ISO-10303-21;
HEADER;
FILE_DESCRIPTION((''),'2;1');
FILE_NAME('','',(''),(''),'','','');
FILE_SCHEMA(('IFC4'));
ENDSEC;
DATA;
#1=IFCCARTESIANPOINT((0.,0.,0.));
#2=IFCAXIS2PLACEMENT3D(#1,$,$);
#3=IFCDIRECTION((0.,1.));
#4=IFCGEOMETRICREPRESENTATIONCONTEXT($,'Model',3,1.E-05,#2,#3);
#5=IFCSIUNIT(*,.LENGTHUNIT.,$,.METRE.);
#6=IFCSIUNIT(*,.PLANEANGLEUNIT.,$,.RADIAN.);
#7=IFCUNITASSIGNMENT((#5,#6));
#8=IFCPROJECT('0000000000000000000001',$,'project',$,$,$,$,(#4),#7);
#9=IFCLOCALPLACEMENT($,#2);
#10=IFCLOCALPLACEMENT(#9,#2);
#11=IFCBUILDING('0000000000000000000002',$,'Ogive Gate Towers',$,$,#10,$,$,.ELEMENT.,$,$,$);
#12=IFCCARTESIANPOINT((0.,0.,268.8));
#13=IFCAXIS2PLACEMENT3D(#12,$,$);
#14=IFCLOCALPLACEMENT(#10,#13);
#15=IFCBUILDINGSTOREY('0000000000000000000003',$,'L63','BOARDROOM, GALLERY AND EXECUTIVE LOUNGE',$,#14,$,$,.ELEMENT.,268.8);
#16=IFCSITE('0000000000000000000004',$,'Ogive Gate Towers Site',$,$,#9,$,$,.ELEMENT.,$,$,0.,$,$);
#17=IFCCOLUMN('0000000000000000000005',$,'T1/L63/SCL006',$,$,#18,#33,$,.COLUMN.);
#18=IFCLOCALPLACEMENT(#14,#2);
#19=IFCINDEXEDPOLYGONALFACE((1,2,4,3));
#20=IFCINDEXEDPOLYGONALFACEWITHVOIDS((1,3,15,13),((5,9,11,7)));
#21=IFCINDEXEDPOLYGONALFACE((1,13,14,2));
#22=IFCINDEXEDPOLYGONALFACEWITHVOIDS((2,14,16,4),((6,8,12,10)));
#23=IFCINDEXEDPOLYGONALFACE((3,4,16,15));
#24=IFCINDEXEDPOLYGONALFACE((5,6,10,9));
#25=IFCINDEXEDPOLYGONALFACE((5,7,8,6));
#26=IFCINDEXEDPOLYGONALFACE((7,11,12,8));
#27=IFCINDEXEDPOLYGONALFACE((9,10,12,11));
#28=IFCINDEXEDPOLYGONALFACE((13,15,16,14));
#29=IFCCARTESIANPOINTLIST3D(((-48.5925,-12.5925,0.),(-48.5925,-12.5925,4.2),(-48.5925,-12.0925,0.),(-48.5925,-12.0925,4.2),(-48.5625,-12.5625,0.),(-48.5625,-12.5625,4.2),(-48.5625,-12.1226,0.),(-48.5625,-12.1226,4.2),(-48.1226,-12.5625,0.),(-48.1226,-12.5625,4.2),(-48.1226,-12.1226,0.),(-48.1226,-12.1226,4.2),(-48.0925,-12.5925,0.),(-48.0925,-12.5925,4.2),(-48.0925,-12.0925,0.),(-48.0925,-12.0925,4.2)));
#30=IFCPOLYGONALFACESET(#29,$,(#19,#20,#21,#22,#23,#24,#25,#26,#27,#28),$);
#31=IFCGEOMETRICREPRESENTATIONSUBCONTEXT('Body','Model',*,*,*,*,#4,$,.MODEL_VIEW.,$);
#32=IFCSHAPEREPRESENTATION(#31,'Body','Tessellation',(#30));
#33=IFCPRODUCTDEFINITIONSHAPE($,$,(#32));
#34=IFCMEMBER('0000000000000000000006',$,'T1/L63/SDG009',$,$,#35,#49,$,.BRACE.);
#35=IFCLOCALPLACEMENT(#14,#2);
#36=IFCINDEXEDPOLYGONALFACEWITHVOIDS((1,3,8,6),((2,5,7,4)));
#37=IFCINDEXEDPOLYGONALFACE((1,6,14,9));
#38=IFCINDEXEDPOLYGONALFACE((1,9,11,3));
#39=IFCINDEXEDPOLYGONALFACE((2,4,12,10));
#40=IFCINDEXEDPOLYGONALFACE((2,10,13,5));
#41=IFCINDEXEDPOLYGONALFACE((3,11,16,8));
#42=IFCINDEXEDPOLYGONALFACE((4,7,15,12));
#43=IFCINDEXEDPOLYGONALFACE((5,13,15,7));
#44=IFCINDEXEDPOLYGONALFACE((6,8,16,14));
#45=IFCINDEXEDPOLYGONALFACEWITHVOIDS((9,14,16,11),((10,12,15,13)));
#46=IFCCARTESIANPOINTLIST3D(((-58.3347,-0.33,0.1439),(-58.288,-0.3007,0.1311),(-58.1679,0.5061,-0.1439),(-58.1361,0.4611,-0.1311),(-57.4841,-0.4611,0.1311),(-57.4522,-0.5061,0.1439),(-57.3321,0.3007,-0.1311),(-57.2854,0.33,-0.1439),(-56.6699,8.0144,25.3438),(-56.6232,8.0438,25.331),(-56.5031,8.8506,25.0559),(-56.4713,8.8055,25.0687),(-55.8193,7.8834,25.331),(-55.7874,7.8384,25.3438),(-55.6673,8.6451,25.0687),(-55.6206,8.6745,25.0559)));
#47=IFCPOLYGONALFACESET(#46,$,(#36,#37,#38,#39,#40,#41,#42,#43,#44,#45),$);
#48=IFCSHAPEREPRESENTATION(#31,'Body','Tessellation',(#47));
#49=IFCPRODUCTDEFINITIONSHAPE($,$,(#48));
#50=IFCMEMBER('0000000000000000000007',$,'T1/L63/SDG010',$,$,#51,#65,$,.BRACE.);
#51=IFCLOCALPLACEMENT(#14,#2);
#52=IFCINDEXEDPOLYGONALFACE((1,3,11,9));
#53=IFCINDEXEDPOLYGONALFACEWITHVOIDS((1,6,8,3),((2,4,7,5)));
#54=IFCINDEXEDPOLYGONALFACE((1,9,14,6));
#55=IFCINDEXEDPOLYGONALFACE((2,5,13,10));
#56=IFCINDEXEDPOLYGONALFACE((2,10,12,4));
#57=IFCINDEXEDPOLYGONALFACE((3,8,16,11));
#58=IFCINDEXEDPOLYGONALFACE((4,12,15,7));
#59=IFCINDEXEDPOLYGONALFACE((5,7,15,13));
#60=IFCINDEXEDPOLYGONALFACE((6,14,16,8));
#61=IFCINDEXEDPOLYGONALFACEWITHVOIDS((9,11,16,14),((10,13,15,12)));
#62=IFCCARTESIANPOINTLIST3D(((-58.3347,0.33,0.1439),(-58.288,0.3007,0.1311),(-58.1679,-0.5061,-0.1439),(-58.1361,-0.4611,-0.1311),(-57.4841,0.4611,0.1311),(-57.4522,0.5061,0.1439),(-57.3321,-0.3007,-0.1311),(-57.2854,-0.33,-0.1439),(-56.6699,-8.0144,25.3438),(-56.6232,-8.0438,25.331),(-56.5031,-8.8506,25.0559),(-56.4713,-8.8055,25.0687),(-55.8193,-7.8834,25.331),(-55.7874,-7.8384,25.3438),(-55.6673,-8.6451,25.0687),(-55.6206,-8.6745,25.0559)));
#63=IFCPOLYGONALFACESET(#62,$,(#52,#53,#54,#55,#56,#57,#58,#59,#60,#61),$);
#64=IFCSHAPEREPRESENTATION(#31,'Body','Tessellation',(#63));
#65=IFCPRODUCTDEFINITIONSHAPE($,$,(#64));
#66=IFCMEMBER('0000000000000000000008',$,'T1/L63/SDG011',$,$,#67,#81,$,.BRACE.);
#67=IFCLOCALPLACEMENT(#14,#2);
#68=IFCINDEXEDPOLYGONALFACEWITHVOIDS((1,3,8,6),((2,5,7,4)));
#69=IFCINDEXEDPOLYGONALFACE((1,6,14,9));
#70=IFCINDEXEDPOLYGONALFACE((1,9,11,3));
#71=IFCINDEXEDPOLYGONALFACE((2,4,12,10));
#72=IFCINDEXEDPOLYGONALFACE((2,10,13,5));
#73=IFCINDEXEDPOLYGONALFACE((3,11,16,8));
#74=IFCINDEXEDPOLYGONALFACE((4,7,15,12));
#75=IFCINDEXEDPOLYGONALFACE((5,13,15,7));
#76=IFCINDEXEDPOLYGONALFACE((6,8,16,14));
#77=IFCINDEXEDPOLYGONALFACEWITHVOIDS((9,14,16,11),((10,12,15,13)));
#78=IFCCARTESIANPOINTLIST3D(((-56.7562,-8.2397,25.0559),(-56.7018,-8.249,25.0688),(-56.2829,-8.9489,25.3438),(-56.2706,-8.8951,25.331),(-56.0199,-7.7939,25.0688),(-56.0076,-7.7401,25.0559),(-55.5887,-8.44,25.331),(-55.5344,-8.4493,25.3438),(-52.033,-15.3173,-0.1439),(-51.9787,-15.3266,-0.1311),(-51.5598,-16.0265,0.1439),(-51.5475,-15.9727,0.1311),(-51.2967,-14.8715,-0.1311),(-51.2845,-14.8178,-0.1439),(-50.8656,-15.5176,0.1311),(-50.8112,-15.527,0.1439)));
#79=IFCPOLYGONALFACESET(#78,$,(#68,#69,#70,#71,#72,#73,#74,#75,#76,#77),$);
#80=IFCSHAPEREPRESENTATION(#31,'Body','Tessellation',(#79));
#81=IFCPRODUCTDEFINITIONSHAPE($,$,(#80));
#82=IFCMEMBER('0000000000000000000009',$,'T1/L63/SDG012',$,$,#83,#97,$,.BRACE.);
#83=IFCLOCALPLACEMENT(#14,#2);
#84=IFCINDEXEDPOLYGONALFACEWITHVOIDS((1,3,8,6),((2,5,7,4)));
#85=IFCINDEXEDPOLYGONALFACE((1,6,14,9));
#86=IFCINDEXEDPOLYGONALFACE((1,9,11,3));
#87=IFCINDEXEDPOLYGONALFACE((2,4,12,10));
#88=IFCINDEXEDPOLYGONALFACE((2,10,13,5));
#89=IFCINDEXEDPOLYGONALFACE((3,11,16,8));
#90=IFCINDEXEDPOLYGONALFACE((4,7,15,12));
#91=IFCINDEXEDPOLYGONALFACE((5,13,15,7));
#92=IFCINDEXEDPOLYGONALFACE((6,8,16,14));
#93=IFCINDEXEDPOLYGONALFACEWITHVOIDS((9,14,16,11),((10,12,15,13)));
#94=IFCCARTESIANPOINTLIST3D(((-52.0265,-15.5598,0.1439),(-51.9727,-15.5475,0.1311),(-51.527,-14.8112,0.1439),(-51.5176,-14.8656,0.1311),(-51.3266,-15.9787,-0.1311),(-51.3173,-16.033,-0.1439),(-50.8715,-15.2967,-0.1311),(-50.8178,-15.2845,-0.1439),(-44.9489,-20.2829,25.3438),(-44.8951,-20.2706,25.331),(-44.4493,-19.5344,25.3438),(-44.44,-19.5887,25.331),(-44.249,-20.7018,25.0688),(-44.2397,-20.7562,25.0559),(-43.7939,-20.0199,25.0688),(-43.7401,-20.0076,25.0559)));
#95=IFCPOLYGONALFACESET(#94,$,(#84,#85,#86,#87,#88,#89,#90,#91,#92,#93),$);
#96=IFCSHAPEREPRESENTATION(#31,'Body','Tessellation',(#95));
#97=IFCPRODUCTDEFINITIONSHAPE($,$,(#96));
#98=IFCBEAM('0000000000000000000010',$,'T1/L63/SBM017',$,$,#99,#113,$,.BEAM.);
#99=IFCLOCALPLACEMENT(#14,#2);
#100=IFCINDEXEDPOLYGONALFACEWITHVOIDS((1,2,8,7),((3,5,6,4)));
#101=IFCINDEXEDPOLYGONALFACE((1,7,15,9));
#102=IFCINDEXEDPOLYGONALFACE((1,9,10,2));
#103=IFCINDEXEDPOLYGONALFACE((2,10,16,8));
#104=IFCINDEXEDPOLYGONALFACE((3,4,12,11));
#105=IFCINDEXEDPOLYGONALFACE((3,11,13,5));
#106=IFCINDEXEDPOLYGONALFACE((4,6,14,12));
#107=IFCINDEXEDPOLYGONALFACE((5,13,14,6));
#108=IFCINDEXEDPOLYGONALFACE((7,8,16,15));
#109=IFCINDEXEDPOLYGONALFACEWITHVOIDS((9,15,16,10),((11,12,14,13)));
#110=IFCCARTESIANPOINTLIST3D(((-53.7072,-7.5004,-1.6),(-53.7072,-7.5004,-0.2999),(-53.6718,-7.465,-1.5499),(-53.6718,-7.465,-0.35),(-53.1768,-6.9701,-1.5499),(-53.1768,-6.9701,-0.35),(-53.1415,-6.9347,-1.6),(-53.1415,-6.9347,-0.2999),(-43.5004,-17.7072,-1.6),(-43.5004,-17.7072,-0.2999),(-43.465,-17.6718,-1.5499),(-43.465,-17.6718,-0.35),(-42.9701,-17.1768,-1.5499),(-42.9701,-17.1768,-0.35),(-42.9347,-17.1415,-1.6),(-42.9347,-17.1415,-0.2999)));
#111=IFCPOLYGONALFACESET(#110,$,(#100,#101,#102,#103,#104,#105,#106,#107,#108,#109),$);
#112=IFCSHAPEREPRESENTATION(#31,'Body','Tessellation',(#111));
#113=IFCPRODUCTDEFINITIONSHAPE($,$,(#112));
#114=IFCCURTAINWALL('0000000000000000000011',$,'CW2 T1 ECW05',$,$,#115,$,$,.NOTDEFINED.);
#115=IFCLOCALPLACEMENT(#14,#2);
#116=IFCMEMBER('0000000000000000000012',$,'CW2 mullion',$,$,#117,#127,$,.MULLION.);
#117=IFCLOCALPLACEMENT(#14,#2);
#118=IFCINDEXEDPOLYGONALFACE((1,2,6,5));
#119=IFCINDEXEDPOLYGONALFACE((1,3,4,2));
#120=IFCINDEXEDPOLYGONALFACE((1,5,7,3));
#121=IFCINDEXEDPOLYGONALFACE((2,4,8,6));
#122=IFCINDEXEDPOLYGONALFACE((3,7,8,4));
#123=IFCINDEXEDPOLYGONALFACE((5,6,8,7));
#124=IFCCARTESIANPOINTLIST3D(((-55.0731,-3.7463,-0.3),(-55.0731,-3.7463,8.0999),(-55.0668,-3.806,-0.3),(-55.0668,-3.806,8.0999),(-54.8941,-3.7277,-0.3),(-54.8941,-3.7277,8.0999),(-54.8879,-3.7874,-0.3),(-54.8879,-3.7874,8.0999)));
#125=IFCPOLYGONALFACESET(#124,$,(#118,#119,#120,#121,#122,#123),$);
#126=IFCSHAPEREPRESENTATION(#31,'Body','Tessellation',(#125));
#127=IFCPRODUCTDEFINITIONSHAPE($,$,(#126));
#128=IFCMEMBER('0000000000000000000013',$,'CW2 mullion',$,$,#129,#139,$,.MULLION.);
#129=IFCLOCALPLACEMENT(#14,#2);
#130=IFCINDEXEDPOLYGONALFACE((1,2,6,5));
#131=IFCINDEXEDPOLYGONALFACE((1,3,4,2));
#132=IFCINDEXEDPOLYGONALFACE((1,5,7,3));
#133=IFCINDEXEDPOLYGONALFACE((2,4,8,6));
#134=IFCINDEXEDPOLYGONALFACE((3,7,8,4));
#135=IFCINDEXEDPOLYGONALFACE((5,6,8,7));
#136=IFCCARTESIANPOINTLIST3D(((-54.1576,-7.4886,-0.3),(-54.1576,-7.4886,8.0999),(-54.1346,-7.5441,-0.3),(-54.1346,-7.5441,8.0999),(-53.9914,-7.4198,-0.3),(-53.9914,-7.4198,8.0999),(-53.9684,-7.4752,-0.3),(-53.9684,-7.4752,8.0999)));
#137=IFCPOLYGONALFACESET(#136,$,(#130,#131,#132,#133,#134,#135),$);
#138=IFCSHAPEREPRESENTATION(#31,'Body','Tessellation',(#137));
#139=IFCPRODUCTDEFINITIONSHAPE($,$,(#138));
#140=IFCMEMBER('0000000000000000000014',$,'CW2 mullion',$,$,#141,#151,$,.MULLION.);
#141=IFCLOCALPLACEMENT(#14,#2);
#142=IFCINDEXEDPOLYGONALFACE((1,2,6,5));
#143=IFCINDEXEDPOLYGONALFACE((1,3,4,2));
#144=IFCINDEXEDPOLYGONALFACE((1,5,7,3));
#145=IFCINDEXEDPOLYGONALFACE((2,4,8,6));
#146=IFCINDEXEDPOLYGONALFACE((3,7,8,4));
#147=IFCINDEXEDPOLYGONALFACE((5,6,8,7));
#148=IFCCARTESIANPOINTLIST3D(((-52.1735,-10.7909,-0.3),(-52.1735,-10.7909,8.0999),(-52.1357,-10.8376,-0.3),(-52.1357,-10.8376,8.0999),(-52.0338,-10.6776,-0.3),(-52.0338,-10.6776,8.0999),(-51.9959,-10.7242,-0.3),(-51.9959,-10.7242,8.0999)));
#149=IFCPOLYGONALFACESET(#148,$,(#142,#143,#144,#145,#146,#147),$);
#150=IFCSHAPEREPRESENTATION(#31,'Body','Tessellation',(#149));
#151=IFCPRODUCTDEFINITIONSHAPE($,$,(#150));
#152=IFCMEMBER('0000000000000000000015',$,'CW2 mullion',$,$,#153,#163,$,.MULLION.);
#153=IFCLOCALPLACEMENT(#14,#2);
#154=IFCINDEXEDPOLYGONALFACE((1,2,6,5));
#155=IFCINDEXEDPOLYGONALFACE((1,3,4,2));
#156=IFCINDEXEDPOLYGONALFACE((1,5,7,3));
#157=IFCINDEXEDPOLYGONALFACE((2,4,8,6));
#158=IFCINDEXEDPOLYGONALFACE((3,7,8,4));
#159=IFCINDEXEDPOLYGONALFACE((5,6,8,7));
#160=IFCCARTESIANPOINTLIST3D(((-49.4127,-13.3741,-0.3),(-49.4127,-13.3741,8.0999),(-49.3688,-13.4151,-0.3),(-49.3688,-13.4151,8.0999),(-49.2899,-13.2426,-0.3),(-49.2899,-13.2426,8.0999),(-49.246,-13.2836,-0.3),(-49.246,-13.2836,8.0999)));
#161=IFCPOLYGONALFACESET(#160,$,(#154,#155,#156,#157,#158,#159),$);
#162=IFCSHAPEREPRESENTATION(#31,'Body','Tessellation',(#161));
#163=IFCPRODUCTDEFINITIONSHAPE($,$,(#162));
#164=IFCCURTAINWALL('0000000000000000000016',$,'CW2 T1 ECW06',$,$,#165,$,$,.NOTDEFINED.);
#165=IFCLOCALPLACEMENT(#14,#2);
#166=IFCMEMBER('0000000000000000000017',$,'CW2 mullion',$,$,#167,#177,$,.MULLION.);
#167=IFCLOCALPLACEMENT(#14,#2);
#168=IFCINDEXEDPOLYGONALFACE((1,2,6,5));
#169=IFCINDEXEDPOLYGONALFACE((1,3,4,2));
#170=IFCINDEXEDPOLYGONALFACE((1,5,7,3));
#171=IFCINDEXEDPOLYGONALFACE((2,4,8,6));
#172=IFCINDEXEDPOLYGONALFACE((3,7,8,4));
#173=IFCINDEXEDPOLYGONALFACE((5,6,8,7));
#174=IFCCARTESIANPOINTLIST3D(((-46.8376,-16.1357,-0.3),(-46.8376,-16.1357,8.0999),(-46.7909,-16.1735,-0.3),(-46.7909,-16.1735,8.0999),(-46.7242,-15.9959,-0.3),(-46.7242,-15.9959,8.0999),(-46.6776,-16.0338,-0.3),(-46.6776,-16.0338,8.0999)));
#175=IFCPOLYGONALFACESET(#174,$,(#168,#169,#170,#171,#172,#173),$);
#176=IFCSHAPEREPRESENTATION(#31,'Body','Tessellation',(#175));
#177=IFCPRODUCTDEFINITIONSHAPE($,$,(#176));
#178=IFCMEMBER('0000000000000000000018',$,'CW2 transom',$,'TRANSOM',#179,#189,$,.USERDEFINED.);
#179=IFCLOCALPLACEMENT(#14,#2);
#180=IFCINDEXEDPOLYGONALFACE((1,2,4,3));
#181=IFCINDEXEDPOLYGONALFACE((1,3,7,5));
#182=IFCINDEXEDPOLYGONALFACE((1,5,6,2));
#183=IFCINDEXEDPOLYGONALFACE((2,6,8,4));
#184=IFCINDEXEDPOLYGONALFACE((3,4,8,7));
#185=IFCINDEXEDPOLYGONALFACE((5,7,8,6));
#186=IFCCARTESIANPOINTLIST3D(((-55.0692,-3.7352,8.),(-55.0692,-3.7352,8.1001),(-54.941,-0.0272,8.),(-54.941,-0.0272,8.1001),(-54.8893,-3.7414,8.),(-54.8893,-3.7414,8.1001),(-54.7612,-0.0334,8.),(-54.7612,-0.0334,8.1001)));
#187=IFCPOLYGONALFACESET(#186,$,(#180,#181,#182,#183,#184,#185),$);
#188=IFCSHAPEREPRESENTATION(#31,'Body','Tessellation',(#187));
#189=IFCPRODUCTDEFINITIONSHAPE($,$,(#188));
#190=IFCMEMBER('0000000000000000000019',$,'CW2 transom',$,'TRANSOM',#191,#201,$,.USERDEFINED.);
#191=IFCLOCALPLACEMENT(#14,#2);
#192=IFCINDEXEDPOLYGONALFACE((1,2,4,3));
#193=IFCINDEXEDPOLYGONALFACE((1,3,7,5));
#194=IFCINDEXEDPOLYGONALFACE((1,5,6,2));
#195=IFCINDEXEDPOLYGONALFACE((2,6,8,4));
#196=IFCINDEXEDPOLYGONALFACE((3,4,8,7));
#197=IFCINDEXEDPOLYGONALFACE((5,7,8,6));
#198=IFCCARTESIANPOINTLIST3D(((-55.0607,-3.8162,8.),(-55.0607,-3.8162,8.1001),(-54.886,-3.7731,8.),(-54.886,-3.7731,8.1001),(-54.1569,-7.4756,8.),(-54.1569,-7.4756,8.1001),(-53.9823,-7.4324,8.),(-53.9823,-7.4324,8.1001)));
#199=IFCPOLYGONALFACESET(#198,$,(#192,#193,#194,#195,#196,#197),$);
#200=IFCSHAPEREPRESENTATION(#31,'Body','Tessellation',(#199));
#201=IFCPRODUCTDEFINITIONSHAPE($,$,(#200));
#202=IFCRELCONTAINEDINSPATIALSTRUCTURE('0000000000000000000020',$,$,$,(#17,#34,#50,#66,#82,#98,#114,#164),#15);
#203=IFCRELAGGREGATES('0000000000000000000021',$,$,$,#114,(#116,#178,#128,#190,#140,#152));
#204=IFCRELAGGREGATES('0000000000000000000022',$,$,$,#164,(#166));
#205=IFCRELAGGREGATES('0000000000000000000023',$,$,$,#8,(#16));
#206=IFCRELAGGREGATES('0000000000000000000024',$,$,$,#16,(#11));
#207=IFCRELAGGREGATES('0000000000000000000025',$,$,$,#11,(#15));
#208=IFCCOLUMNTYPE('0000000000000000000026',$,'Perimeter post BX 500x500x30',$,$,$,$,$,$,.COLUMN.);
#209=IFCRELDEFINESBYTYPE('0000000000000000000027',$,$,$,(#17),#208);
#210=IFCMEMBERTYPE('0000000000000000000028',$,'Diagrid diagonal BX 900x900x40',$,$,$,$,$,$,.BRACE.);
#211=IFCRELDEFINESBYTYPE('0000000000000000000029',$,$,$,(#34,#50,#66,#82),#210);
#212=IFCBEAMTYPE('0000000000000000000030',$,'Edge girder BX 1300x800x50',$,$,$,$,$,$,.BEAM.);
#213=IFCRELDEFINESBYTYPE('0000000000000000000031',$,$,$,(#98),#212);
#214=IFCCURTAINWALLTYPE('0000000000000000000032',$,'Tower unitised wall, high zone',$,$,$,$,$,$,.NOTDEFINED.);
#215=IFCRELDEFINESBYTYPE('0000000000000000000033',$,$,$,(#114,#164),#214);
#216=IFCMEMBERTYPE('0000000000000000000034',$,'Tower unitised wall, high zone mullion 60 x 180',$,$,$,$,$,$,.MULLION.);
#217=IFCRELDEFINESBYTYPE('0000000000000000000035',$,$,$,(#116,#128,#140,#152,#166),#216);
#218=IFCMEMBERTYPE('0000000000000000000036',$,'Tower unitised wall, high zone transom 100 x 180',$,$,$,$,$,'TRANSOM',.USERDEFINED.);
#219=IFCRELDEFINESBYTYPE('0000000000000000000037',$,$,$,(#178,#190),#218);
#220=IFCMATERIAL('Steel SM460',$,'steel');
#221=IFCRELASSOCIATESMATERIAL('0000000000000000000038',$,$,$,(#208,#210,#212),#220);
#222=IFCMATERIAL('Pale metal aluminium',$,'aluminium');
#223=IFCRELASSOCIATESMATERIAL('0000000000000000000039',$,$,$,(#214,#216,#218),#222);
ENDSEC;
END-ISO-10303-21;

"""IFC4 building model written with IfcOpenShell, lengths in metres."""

from ifc_helpers import new_model, si_unit, direction, frame, origin, origin_2d, place, context, subcontext, project, spatial, rectangle, hollow_rectangle, extrude, material, material_profile, profile_set, type_object, element, aggregate, save


model = new_model("IFC4")

# Units and contexts
model_context = context("Model", 3, precision=1e-05, world=origin(), true_north=direction((0.0, 1.0)))
body_context = subcontext(model_context, "Body", "Model", "MODEL_VIEW")
ifc_project = project(units=[si_unit("LENGTHUNIT", "METRE"), si_unit("PLANEANGLEUNIT", "RADIAN")], contexts=[model_context])

# Site, building, storey
site_placement = place(None, origin())
site = spatial("IfcSite", under=ifc_project, at=site_placement, Name="Ogive Gate Towers Site", CompositionType="ELEMENT", RefElevation=0.0)
building_placement = place(site_placement, origin())
building = spatial("IfcBuilding", under=site, at=building_placement, Name="Ogive Gate Towers", CompositionType="ELEMENT")
storey_placement = place(building_placement, frame((0.0, 0.0, 268.8)))
storey = spatial("IfcBuildingStorey", under=building, at=storey_placement, Name="L63", Description="BOARDROOM, GALLERY AND EXECUTIVE LOUNGE", CompositionType="ELEMENT", Elevation=268.8)

# Column
ifc_material_1 = material(Name="Steel SM460", Category="steel")
ifc_material_profile_1 = material_profile(ifc_material_1, hollow_rectangle(XDim=0.5, YDim=0.5, WallThickness=0.03, at=origin_2d()), Name="BX 500x500x30")
ifc_profile_set_1 = profile_set([ifc_material_profile_1], Name="Steel SM460")
column_type = type_object("IfcColumnType", Name="Perimeter post BX 500x500x30", PredefinedType="COLUMN", material=ifc_profile_set_1)
column_placement = place(storey_placement, frame((-48.3425, -12.3425, 0.0), z_axis=(0.0, 0.0, 1.0), x_axis=(1.0, 0.0, 0.0)))
element("IfcColumn", 1, at=column_placement, inside=storey, type_object=column_type, Name="T1/L63/SCL006", PredefinedType="COLUMN", context=body_context, shape_type="SweptSolid", body=[
    extrude(hollow_rectangle(XDim=0.5, YDim=0.5, WallThickness=0.03, at=origin_2d()), origin(), (0.0, 0.0, 1.0), 4.2),
])

# Members
ifc_material_profile_2 = material_profile(ifc_material_1, hollow_rectangle(XDim=0.8999, YDim=0.8999, WallThickness=0.04, at=origin_2d()), Name="BX 900x900x40")
ifc_profile_set_2 = profile_set([ifc_material_profile_2], Name="Steel SM460")
member_type_1 = type_object("IfcMemberType", Name="Diagrid diagonal BX 900x900x40", PredefinedType="BRACE", material=ifc_profile_set_2)
for number, where, z_axis, x_axis, name in (
    (2, (-57.8101, 0.0, 0.0), (0.062592, 0.313729, 0.947447), (-0.980673, 0.195653, 0.0), "T1/L63/SDG009"),
    (3, (-57.8101, 0.0, 0.0), (0.062592, -0.313729, 0.947447), (0.980673, 0.195653, 0.0), "T1/L63/SDG010"),
    (4, (-51.4221, -15.4221, 0.0), (-0.177577, 0.266099, 0.947448), (-0.831794, -0.555084, 0.0), "T1/L63/SDG011"),
    (5, (-51.4221, -15.4221, 0.0), (0.266099, -0.177577, 0.947448), (0.555084, 0.831794, 0.0), "T1/L63/SDG012"),
):
    element("IfcMember", number, at=place(storey_placement, frame(where, z_axis=z_axis, x_axis=x_axis)), inside=storey, type_object=member_type_1, Name=name, PredefinedType="BRACE", context=body_context, shape_type="SweptSolid", body=[
        extrude(hollow_rectangle(XDim=0.8999, YDim=0.8999, WallThickness=0.04, at=origin_2d()), origin(), (0.0, 0.0, 1.0), 26.5977),
    ])

# Beam
ifc_material_profile_3 = material_profile(ifc_material_1, hollow_rectangle(XDim=0.8, YDim=1.3, WallThickness=0.05, at=origin_2d()), Name="BX 1300x800x50")
ifc_profile_set_3 = profile_set([ifc_material_profile_3], Name="Steel SM460")
beam_type = type_object("IfcBeamType", Name="Edge girder BX 1300x800x50", PredefinedType="BEAM", material=ifc_profile_set_3)
beam_placement = place(storey_placement, frame((-53.4243, -7.2175, -0.95), z_axis=(0.707107, -0.707107, 0.0), x_axis=(0.707107, 0.707107, 0.0)))
element("IfcBeam", 6, at=beam_placement, inside=storey, type_object=beam_type, Name="T1/L63/SBM017", PredefinedType="BEAM", context=body_context, shape_type="SweptSolid", body=[
    extrude(hollow_rectangle(XDim=0.8, YDim=1.3, WallThickness=0.05, at=origin_2d()), origin(), (0.0, 0.0, 1.0), 14.4346),
])

# Curtain wall, members
ifc_material_2 = material(Name="Pale metal aluminium", Category="aluminium")
curtain_wall_type = type_object("IfcCurtainWallType", Name="Tower unitised wall, high zone", PredefinedType="NOTDEFINED", material=ifc_material_2)
curtain_wall_1_placement = place(storey_placement, origin())
curtain_wall_1 = element("IfcCurtainWall", 7, at=curtain_wall_1_placement, inside=storey, type_object=curtain_wall_type, Name="CW2 T1 ECW05", PredefinedType="NOTDEFINED")
ifc_material_profile_4 = material_profile(ifc_material_2, rectangle(XDim=0.1799, YDim=0.0601, at=origin_2d()), Name="60 x 180 aluminium box")
ifc_profile_set_4 = profile_set([ifc_material_profile_4], Name="Pale metal aluminium")
member_type_2 = type_object("IfcMemberType", Name="Tower unitised wall, high zone mullion 60 x 180", PredefinedType="MULLION", material=ifc_profile_set_4)
member_1_placement = place(storey_placement, frame((-54.9805, -3.7668, -0.3), z_axis=(0.0, 0.0, 1.0), x_axis=(-0.994618, -0.103608, 0.0)))
member_1 = element("IfcMember", 8, at=member_1_placement, type_object=member_type_2, Name="CW2 mullion", PredefinedType="MULLION", context=body_context, shape_type="SweptSolid", body=[
    extrude(rectangle(XDim=0.1799, YDim=0.0601, at=origin_2d()), origin(), (0.0, 0.0, 1.0), 8.3999),
])
member_2_placement = place(storey_placement, frame((-54.063, -7.4819, -0.3), z_axis=(0.0, 0.0, 1.0), x_axis=(-0.92388, -0.382683, 0.0)))
member_2 = element("IfcMember", 9, at=member_2_placement, type_object=member_type_2, Name="CW2 mullion", PredefinedType="MULLION", context=body_context, shape_type="SweptSolid", body=[
    extrude(rectangle(XDim=0.1799, YDim=0.0601, at=origin_2d()), origin(), (0.0, 0.0, 1.0), 8.3999),
])
member_3_placement = place(storey_placement, frame((-52.0847, -10.7576, -0.3), z_axis=(0.0, 0.0, 1.0), x_axis=(-0.776563, -0.630039, 0.0)))
member_3 = element("IfcMember", 10, at=member_3_placement, type_object=member_type_2, Name="CW2 mullion", PredefinedType="MULLION", context=body_context, shape_type="SweptSolid", body=[
    extrude(rectangle(XDim=0.1799, YDim=0.0601, at=origin_2d()), origin(), (0.0, 0.0, 1.0), 8.3999),
])
member_4_placement = place(storey_placement, frame((-49.3293, -13.3289, -0.3), z_axis=(0.0, 0.0, 1.0), x_axis=(-0.682254, -0.731116, 0.0)))
member_4 = element("IfcMember", 11, at=member_4_placement, type_object=member_type_2, Name="CW2 mullion", PredefinedType="MULLION", context=body_context, shape_type="SweptSolid", body=[
    extrude(rectangle(XDim=0.1799, YDim=0.0601, at=origin_2d()), origin(), (0.0, 0.0, 1.0), 8.3999),
])

# Curtain wall, member
curtain_wall_2_placement = place(storey_placement, origin())
curtain_wall_2 = element("IfcCurtainWall", 12, at=curtain_wall_2_placement, inside=storey, type_object=curtain_wall_type, Name="CW2 T1 ECW06", PredefinedType="NOTDEFINED")
member_5_placement = place(storey_placement, frame((-46.7576, -16.0847, -0.3), z_axis=(0.0, 0.0, 1.0), x_axis=(-0.630039, -0.776563, 0.0)))
member_5 = element("IfcMember", 13, at=member_5_placement, type_object=member_type_2, Name="CW2 mullion", PredefinedType="MULLION", context=body_context, shape_type="SweptSolid", body=[
    extrude(rectangle(XDim=0.1799, YDim=0.0601, at=origin_2d()), origin(), (0.0, 0.0, 1.0), 8.3999),
])

# Members
ifc_material_profile_5 = material_profile(ifc_material_2, rectangle(XDim=0.1799, YDim=0.1001, at=origin_2d()), Name="100 x 180 aluminium box")
ifc_profile_set_5 = profile_set([ifc_material_profile_5], Name="Pale metal aluminium")
member_type_3 = type_object("IfcMemberType", Name="Tower unitised wall, high zone transom 100 x 180", ElementType="TRANSOM", PredefinedType="USERDEFINED", material=ifc_profile_set_5)
member_6_placement = place(storey_placement, frame((-54.8511, -0.0303, 8.05), z_axis=(-0.034546, -0.999403, 0.0), x_axis=(0.999403, -0.034546, 0.0)))
member_6 = element("IfcMember", 14, at=member_6_placement, type_object=member_type_3, Name="CW2 transom", ObjectType="TRANSOM", PredefinedType="USERDEFINED", context=body_context, shape_type="SweptSolid", body=[
    extrude(rectangle(XDim=0.1799, YDim=0.1001, at=origin_2d()), origin(), (0.0, 0.0, 1.0), 3.7102),
])
member_7_placement = place(storey_placement, frame((-54.9734, -3.7947, 8.05), z_axis=(0.239776, -0.970828, 0.0), x_axis=(0.970828, 0.239776, 0.0)))
member_7 = element("IfcMember", 15, at=member_7_placement, type_object=member_type_3, Name="CW2 transom", ObjectType="TRANSOM", PredefinedType="USERDEFINED", context=body_context, shape_type="SweptSolid", body=[
    extrude(rectangle(XDim=0.1799, YDim=0.1001, at=origin_2d()), origin(), (0.0, 0.0, 1.0), 3.7693),
])

aggregate(curtain_wall_1, [member_1, member_6, member_2, member_7, member_3, member_4])
aggregate(curtain_wall_2, [member_5])

save(model, "model.ifc")
